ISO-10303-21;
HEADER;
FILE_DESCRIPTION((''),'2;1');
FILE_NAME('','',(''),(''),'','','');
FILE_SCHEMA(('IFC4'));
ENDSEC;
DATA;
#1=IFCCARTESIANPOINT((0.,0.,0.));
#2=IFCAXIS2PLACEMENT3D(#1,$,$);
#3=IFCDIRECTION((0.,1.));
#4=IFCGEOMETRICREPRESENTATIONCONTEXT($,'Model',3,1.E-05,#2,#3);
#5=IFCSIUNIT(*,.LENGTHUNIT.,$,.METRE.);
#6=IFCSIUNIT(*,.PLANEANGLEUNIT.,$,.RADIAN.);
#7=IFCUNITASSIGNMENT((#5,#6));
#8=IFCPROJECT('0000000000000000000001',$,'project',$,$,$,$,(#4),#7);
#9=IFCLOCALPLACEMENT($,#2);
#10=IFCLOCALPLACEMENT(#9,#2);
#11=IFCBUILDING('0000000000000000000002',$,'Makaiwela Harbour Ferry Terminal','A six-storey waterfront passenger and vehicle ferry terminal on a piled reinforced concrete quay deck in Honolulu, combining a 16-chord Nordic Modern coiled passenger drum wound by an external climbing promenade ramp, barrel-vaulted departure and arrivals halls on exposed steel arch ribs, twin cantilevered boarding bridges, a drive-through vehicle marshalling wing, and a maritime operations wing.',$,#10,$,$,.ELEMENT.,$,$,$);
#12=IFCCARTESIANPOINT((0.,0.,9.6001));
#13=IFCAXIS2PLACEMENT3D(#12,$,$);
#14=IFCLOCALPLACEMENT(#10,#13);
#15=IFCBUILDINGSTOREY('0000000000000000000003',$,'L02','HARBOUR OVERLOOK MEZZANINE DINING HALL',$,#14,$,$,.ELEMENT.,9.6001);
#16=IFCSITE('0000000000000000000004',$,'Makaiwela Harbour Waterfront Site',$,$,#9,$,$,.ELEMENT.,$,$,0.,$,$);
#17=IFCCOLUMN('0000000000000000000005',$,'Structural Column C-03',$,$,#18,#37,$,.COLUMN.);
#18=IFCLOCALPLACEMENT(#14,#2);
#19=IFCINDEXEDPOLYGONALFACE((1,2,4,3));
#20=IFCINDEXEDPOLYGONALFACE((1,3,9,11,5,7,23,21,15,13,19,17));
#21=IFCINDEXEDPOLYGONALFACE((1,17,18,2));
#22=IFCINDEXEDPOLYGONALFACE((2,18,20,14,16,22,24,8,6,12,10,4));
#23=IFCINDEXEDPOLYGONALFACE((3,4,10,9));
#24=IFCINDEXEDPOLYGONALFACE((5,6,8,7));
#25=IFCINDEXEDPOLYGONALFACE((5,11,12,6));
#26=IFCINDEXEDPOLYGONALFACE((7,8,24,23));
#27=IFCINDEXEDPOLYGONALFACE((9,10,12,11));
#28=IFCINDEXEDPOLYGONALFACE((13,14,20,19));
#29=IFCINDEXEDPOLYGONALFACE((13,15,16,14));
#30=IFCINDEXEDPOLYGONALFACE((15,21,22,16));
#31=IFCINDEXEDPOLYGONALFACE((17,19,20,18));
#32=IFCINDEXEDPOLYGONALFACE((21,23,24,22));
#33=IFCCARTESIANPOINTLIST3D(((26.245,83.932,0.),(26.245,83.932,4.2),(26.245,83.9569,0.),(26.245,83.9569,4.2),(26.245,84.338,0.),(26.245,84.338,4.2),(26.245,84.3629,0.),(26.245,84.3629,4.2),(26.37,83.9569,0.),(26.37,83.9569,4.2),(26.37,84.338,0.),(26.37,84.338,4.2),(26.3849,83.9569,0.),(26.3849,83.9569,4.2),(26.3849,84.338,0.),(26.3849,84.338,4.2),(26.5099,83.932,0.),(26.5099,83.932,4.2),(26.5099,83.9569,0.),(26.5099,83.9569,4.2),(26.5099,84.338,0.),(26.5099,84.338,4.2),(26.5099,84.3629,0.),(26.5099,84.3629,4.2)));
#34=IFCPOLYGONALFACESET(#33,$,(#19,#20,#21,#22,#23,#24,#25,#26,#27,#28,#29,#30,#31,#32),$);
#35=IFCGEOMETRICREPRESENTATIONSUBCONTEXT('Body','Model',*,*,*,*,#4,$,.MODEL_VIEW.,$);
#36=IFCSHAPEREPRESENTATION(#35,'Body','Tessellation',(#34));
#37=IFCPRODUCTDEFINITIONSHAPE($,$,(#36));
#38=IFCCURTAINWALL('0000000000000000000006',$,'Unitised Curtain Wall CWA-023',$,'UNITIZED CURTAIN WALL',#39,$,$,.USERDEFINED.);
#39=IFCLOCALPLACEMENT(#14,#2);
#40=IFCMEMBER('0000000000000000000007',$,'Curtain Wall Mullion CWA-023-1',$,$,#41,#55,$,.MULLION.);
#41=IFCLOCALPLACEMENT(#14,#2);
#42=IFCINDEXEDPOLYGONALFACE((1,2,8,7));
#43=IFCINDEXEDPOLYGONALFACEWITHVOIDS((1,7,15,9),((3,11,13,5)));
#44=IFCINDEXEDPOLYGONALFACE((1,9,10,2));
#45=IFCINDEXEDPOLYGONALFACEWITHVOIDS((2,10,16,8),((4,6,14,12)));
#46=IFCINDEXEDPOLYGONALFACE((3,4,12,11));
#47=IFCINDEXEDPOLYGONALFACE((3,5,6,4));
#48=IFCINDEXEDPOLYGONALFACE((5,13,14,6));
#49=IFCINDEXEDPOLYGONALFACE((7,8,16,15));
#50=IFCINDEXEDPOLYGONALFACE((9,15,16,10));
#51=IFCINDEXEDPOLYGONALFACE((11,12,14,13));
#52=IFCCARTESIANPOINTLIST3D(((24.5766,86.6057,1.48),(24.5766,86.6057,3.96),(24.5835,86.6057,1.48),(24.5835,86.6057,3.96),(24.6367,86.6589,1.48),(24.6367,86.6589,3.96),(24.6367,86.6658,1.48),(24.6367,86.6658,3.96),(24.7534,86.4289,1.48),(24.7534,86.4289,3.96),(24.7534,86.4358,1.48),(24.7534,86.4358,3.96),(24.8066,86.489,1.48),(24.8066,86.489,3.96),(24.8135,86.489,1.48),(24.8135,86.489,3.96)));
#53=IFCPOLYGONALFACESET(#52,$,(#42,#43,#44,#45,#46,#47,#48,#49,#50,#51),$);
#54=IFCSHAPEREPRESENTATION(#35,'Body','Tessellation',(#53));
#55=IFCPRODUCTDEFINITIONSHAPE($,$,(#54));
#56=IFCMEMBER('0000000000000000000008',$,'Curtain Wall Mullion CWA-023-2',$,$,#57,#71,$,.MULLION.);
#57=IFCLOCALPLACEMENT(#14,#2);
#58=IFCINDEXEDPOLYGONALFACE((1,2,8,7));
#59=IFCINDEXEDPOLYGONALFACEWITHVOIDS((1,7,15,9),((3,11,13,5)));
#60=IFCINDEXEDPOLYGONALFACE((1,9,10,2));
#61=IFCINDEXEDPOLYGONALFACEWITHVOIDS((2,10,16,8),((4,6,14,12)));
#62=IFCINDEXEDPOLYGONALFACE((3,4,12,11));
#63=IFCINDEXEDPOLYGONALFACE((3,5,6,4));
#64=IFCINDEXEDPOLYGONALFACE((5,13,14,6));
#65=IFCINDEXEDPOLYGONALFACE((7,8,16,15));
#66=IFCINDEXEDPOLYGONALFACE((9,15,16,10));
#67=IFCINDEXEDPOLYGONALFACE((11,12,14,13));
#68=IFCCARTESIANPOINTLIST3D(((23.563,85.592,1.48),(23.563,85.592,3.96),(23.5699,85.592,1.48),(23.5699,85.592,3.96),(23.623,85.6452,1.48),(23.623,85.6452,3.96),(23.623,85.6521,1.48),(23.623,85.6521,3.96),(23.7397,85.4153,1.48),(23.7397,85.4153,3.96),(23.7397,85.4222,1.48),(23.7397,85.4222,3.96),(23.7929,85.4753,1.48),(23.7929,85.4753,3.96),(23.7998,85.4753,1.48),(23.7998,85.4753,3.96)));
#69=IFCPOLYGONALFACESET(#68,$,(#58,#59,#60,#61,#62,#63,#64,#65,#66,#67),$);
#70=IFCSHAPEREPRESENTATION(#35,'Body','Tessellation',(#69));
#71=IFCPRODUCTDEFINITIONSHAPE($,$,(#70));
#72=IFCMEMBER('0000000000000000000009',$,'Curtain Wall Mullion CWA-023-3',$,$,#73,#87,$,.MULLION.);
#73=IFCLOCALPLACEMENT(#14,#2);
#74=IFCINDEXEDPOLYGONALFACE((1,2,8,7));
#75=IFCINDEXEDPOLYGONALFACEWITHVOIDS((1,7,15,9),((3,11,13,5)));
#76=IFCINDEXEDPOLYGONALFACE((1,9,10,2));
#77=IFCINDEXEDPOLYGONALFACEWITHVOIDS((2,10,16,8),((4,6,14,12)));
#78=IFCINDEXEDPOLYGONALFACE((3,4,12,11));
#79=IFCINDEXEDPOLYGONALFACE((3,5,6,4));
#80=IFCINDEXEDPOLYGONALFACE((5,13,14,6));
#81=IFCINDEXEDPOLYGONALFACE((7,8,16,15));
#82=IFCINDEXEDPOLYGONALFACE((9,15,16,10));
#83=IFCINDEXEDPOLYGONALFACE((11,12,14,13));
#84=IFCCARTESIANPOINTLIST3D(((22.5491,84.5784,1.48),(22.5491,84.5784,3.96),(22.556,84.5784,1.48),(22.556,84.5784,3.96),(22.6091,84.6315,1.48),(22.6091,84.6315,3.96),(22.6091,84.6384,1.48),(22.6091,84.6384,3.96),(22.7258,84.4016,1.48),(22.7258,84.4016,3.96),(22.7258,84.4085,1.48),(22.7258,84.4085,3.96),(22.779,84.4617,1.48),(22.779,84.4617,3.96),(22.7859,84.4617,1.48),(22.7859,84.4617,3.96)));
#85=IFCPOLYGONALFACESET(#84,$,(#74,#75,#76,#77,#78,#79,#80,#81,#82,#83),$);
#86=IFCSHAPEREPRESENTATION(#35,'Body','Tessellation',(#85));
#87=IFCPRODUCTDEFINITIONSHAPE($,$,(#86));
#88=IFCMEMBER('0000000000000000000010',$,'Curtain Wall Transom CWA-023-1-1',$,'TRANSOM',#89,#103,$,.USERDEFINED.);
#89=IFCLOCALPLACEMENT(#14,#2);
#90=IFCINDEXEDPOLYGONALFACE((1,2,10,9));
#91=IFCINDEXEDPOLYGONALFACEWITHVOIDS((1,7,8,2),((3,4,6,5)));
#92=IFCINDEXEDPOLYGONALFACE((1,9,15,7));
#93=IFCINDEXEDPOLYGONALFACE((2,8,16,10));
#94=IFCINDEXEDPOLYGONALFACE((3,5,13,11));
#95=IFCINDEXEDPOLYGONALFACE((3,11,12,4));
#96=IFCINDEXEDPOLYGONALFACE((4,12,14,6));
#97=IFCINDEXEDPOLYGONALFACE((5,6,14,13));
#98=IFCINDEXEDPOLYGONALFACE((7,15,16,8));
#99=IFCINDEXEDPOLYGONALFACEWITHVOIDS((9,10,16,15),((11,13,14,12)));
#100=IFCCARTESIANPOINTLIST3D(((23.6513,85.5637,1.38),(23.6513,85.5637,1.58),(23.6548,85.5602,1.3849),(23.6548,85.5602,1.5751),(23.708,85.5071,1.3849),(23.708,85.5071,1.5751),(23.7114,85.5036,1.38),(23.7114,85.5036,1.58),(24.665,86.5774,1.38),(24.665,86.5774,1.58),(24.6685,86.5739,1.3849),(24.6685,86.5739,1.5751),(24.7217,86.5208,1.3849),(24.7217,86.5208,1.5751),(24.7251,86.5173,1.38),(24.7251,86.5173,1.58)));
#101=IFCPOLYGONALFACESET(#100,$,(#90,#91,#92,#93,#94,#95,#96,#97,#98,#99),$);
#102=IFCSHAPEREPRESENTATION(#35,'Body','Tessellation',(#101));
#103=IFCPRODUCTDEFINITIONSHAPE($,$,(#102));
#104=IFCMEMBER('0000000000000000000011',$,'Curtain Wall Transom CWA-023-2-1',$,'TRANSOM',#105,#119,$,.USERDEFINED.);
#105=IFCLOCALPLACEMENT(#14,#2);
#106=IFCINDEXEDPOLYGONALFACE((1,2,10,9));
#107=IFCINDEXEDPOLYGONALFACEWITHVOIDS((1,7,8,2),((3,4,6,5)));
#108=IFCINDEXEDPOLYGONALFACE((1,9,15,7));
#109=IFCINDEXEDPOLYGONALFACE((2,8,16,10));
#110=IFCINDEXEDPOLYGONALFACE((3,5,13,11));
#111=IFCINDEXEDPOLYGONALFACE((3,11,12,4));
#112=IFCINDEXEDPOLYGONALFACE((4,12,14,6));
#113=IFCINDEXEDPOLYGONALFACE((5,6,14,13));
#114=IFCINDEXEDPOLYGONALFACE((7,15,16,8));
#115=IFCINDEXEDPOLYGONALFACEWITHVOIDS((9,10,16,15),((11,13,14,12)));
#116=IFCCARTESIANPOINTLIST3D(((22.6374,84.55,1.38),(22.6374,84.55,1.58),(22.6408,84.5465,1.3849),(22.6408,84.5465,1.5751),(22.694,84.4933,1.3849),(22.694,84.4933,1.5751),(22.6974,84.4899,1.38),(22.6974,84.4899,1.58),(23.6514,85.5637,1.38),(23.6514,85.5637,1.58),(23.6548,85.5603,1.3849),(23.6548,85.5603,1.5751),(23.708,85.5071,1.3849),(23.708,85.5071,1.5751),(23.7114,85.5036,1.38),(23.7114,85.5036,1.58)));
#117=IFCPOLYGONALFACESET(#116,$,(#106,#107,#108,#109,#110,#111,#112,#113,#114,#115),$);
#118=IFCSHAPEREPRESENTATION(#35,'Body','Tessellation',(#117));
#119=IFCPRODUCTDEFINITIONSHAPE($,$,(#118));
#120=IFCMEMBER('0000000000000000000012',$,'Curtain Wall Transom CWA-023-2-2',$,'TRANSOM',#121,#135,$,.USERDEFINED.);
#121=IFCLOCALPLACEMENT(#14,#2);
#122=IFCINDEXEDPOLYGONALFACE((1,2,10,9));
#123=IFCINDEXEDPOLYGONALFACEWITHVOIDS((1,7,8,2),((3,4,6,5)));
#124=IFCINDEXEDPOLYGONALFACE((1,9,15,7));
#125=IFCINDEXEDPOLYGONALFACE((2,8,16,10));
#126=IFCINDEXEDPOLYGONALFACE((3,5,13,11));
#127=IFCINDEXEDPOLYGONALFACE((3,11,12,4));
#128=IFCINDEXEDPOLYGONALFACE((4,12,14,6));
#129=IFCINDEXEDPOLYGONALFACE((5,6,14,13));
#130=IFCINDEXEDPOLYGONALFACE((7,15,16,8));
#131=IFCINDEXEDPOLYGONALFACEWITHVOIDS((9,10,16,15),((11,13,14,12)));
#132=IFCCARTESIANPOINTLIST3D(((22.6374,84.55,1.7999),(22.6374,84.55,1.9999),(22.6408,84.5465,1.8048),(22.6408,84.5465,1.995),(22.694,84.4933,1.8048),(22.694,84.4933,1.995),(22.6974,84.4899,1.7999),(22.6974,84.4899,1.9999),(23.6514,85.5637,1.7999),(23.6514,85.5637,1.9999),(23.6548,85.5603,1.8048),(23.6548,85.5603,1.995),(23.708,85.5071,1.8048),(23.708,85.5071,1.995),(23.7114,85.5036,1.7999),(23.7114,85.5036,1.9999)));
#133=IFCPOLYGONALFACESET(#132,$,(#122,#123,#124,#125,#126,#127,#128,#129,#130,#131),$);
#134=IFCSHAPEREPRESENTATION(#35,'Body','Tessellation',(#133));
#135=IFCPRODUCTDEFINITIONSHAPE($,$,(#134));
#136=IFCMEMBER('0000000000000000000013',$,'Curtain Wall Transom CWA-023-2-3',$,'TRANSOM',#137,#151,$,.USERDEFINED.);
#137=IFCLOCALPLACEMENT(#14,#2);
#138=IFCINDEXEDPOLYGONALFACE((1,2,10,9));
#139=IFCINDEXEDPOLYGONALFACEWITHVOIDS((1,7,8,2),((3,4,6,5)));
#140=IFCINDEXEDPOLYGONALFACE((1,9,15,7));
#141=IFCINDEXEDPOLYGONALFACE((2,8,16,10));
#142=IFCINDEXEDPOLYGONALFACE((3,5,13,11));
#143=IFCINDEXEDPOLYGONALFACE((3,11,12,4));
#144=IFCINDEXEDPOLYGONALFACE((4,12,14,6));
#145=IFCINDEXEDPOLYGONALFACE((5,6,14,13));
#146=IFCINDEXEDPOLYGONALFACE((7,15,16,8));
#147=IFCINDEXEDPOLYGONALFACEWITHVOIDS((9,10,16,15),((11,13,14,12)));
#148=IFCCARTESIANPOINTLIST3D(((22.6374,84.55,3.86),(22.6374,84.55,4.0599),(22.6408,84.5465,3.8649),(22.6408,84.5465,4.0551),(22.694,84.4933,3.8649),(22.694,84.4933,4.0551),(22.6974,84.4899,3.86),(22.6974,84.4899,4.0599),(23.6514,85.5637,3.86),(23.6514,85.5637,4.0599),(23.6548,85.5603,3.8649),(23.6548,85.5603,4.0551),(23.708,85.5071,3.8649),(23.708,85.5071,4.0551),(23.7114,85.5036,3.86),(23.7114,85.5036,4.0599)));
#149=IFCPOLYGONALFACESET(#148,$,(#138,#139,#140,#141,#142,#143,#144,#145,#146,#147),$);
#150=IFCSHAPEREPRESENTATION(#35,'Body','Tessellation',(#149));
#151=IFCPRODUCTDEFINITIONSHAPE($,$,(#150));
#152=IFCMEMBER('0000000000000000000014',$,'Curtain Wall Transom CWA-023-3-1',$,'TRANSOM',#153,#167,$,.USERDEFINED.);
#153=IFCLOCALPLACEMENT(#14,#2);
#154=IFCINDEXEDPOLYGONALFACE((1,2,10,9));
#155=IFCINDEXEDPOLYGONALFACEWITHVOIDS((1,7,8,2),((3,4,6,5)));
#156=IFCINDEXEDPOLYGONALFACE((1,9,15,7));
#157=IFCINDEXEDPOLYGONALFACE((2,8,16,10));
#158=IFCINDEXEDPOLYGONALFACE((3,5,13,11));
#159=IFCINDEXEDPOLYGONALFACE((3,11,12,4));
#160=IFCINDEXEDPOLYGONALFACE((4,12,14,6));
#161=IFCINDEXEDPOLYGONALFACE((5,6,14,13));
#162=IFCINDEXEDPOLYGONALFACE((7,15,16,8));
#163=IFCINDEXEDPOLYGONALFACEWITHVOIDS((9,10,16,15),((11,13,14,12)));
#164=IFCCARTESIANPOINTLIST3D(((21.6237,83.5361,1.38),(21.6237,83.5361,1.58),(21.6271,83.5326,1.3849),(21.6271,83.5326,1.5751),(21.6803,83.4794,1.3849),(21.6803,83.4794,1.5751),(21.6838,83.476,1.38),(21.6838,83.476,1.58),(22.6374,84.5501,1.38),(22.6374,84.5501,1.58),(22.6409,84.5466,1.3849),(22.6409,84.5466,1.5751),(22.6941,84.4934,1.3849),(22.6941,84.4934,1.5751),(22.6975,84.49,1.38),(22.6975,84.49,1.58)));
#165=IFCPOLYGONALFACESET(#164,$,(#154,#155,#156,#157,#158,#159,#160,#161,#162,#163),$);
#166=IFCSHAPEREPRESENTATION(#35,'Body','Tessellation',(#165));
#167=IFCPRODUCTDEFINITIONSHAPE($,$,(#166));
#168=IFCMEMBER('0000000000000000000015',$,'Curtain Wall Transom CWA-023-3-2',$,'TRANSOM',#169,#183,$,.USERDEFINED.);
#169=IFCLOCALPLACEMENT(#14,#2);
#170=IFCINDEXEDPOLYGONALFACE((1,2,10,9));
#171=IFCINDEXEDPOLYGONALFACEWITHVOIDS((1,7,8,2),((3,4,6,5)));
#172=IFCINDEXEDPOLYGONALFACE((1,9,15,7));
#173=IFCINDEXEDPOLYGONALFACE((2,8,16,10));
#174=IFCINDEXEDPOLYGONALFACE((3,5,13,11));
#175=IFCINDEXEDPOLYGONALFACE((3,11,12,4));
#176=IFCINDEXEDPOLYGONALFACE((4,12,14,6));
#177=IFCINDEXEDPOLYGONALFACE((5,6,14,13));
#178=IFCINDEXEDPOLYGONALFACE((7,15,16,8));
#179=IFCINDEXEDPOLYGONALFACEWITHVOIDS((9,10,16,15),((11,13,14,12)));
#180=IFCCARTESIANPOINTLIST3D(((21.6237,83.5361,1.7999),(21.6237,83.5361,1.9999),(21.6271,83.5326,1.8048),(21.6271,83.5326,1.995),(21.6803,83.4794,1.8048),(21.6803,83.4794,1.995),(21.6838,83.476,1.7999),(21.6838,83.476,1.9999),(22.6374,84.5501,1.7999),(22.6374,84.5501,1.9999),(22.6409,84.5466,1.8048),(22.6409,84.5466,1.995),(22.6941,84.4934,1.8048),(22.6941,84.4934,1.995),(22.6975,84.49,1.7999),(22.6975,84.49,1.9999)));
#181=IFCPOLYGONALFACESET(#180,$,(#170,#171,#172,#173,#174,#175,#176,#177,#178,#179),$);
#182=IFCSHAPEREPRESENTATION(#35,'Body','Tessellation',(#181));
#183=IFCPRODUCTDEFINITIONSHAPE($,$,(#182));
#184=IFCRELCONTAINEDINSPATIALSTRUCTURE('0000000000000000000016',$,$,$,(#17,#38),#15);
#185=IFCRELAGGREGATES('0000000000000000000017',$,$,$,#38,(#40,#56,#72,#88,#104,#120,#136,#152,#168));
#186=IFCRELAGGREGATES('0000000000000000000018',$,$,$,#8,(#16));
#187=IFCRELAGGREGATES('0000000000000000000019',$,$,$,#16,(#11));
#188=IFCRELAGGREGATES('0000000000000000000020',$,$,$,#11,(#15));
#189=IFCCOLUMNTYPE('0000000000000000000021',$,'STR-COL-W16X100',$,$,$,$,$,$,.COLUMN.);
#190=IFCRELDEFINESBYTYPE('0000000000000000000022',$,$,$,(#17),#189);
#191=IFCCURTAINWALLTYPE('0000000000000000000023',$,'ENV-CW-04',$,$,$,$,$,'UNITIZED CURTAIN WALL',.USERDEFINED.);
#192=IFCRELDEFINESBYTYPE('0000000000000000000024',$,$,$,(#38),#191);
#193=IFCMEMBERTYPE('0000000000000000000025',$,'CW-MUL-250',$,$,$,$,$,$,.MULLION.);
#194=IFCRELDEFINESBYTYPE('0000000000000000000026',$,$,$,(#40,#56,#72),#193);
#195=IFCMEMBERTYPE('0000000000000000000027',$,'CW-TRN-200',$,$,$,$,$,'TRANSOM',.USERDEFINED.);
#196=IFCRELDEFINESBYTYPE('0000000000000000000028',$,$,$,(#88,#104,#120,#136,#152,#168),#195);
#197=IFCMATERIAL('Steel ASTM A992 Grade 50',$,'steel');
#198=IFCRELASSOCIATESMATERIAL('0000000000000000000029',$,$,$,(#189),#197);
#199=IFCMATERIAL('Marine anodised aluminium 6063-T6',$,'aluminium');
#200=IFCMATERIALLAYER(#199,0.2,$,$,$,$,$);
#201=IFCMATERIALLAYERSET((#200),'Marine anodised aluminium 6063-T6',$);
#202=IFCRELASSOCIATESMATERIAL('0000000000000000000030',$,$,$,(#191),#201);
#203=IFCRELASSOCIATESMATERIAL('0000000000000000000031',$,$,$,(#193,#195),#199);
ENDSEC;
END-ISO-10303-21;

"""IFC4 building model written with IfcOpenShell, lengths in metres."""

from ifc_helpers import new_model, si_unit, direction, frame, origin, origin_2d, place, context, subcontext, project, spatial, hollow_rectangle, i_section, extrude, material, layer, layer_set, material_profile, profile_set, type_object, element, aggregate, save


model = new_model("IFC4")

# Units and contexts
model_context = context("Model", 3, precision=1e-05, world=origin(), true_north=direction((0.0, 1.0)))
body_context = subcontext(model_context, "Body", "Model", "MODEL_VIEW")
ifc_project = project(units=[si_unit("LENGTHUNIT", "METRE"), si_unit("PLANEANGLEUNIT", "RADIAN")], contexts=[model_context])

# Site, building, storey
site_placement = place(None, origin())
site = spatial("IfcSite", under=ifc_project, at=site_placement, Name="Makaiwela Harbour Waterfront Site", CompositionType="ELEMENT", RefElevation=0.0)
building_placement = place(site_placement, origin())
building = spatial("IfcBuilding", under=site, at=building_placement, Name="Makaiwela Harbour Ferry Terminal", Description="A six-storey waterfront passenger and vehicle ferry terminal on a piled reinforced concrete quay deck in Honolulu, combining a 16-chord Nordic Modern coiled passenger drum wound by an external climbing promenade ramp, barrel-vaulted departure and arrivals halls on exposed steel arch ribs, twin cantilevered boarding bridges, a drive-through vehicle marshalling wing, and a maritime operations wing.", CompositionType="ELEMENT")
storey_placement = place(building_placement, frame((0.0, 0.0, 9.6001)))
storey = spatial("IfcBuildingStorey", under=building, at=storey_placement, Name="L02", Description="HARBOUR OVERLOOK MEZZANINE DINING HALL", CompositionType="ELEMENT", Elevation=9.6001)

# Column
ifc_material_1 = material(Name="Steel ASTM A992 Grade 50", Category="steel")
ifc_material_profile_1 = material_profile(ifc_material_1, i_section(OverallWidth=0.2649, OverallDepth=0.4309, WebThickness=0.0149, FlangeThickness=0.0249, at=origin_2d()), Name="W16X100")
ifc_profile_set_1 = profile_set([ifc_material_profile_1], Name="Steel ASTM A992 Grade 50")
column_type = type_object("IfcColumnType", Name="STR-COL-W16X100", PredefinedType="COLUMN", material=ifc_profile_set_1)
column_placement = place(storey_placement, frame((26.3774, 84.1475, 0.0), z_axis=(0.0, 0.0, 1.0), x_axis=(1.0, 0.0, 0.0)))
element("IfcColumn", 1, at=column_placement, inside=storey, type_object=column_type, Name="Structural Column C-03", PredefinedType="COLUMN", context=body_context, shape_type="SweptSolid", body=[
    extrude(i_section(OverallWidth=0.2649, OverallDepth=0.4309, WebThickness=0.0149, FlangeThickness=0.0249, at=origin_2d()), origin(), (0.0, 0.0, 1.0), 4.2),
])

# Curtain wall, members
ifc_material_2 = material(Name="Marine anodised aluminium 6063-T6", Category="aluminium")
ifc_layer_1 = layer(ifc_material_2, 0.2)
ifc_layer_set_1 = layer_set([ifc_layer_1], Name="Marine anodised aluminium 6063-T6")
curtain_wall_type = type_object("IfcCurtainWallType", Name="ENV-CW-04", ElementType="UNITIZED CURTAIN WALL", PredefinedType="USERDEFINED", material=ifc_layer_set_1)
curtain_wall_placement = place(storey_placement, origin())
curtain_wall = element("IfcCurtainWall", 2, at=curtain_wall_placement, inside=storey, type_object=curtain_wall_type, Name="Unitised Curtain Wall CWA-023", ObjectType="UNITIZED CURTAIN WALL", PredefinedType="USERDEFINED")
ifc_material_profile_2 = material_profile(ifc_material_2, hollow_rectangle(XDim=0.085, YDim=0.25, WallThickness=0.0049, at=origin_2d()), Name="CWM-250X85")
ifc_profile_set_2 = profile_set([ifc_material_profile_2], Name="Marine anodised aluminium 6063-T6")
member_type_1 = type_object("IfcMemberType", Name="CW-MUL-250", PredefinedType="MULLION", material=ifc_profile_set_2)
member_1_placement = place(storey_placement, frame((24.6951, 86.5474, 1.48), z_axis=(0.0, 0.0, 1.0), x_axis=(0.707107, 0.707107, 0.0)))
member_1 = element("IfcMember", 3, at=member_1_placement, type_object=member_type_1, Name="Curtain Wall Mullion CWA-023-1", PredefinedType="MULLION", context=body_context, shape_type="SweptSolid", body=[
    extrude(hollow_rectangle(XDim=0.085, YDim=0.25, WallThickness=0.0049, at=origin_2d()), origin(), (0.0, 0.0, 1.0), 2.48),
])
member_2_placement = place(storey_placement, frame((23.6814, 85.5337, 1.48), z_axis=(0.0, 0.0, 1.0), x_axis=(0.707107, 0.707107, 0.0)))
member_2 = element("IfcMember", 4, at=member_2_placement, type_object=member_type_1, Name="Curtain Wall Mullion CWA-023-2", PredefinedType="MULLION", context=body_context, shape_type="SweptSolid", body=[
    extrude(hollow_rectangle(XDim=0.085, YDim=0.25, WallThickness=0.0049, at=origin_2d()), origin(), (0.0, 0.0, 1.0), 2.48),
])
member_3_placement = place(storey_placement, frame((22.6675, 84.52, 1.48), z_axis=(0.0, 0.0, 1.0), x_axis=(0.707107, 0.707107, 0.0)))
member_3 = element("IfcMember", 5, at=member_3_placement, type_object=member_type_1, Name="Curtain Wall Mullion CWA-023-3", PredefinedType="MULLION", context=body_context, shape_type="SweptSolid", body=[
    extrude(hollow_rectangle(XDim=0.085, YDim=0.25, WallThickness=0.0049, at=origin_2d()), origin(), (0.0, 0.0, 1.0), 2.48),
])
ifc_material_profile_3 = material_profile(ifc_material_2, hollow_rectangle(XDim=0.085, YDim=0.2, WallThickness=0.0049, at=origin_2d()), Name="CWT-200X85")
ifc_profile_set_3 = profile_set([ifc_material_profile_3], Name="Marine anodised aluminium 6063-T6")
member_type_2 = type_object("IfcMemberType", Name="CW-TRN-200", ElementType="TRANSOM", PredefinedType="USERDEFINED", material=ifc_profile_set_3)
member_4_placement = place(storey_placement, frame((24.6951, 86.5474, 1.48), z_axis=(-0.707107, -0.707107, 0.0), x_axis=(0.707107, -0.707107, 0.0)))
member_4 = element("IfcMember", 6, at=member_4_placement, type_object=member_type_2, Name="Curtain Wall Transom CWA-023-1-1", ObjectType="TRANSOM", PredefinedType="USERDEFINED", context=body_context, shape_type="SweptSolid", body=[
    extrude(hollow_rectangle(XDim=0.085, YDim=0.2, WallThickness=0.0049, at=origin_2d()), origin(), (0.0, 0.0, 1.0), 1.4336),
])
member_5_placement = place(storey_placement, frame((23.6814, 85.5337, 1.48), z_axis=(-0.707192, -0.707022, 0.0), x_axis=(0.707022, -0.707192, 0.0)))
member_5 = element("IfcMember", 7, at=member_5_placement, type_object=member_type_2, Name="Curtain Wall Transom CWA-023-2-1", ObjectType="TRANSOM", PredefinedType="USERDEFINED", context=body_context, shape_type="SweptSolid", body=[
    extrude(hollow_rectangle(XDim=0.085, YDim=0.2, WallThickness=0.0049, at=origin_2d()), origin(), (0.0, 0.0, 1.0), 1.4338),
])
member_6_placement = place(storey_placement, frame((23.6814, 85.5337, 1.8999), z_axis=(-0.707192, -0.707022, 0.0), x_axis=(0.707022, -0.707192, 0.0)))
member_6 = element("IfcMember", 8, at=member_6_placement, type_object=member_type_2, Name="Curtain Wall Transom CWA-023-2-2", ObjectType="TRANSOM", PredefinedType="USERDEFINED", context=body_context, shape_type="SweptSolid", body=[
    extrude(hollow_rectangle(XDim=0.085, YDim=0.2, WallThickness=0.0049, at=origin_2d()), origin(), (0.0, 0.0, 1.0), 1.4338),
])
member_7_placement = place(storey_placement, frame((23.6814, 85.5337, 3.96), z_axis=(-0.707192, -0.707022, 0.0), x_axis=(0.707022, -0.707192, 0.0)))
member_7 = element("IfcMember", 9, at=member_7_placement, type_object=member_type_2, Name="Curtain Wall Transom CWA-023-2-3", ObjectType="TRANSOM", PredefinedType="USERDEFINED", context=body_context, shape_type="SweptSolid", body=[
    extrude(hollow_rectangle(XDim=0.085, YDim=0.2, WallThickness=0.0049, at=origin_2d()), origin(), (0.0, 0.0, 1.0), 1.4338),
])
member_8_placement = place(storey_placement, frame((22.6675, 84.52, 1.48), z_axis=(-0.707022, -0.707192, 0.0), x_axis=(0.707192, -0.707022, 0.0)))
member_8 = element("IfcMember", 10, at=member_8_placement, type_object=member_type_2, Name="Curtain Wall Transom CWA-023-3-1", ObjectType="TRANSOM", PredefinedType="USERDEFINED", context=body_context, shape_type="SweptSolid", body=[
    extrude(hollow_rectangle(XDim=0.085, YDim=0.2, WallThickness=0.0049, at=origin_2d()), origin(), (0.0, 0.0, 1.0), 1.4338),
])
member_9_placement = place(storey_placement, frame((22.6675, 84.52, 1.8999), z_axis=(-0.707022, -0.707192, 0.0), x_axis=(0.707192, -0.707022, 0.0)))
member_9 = element("IfcMember", 11, at=member_9_placement, type_object=member_type_2, Name="Curtain Wall Transom CWA-023-3-2", ObjectType="TRANSOM", PredefinedType="USERDEFINED", context=body_context, shape_type="SweptSolid", body=[
    extrude(hollow_rectangle(XDim=0.085, YDim=0.2, WallThickness=0.0049, at=origin_2d()), origin(), (0.0, 0.0, 1.0), 1.4338),
])

aggregate(curtain_wall, [member_1, member_2, member_3, member_4, member_5, member_6, member_7, member_8, member_9])

save(model, "model.ifc")
